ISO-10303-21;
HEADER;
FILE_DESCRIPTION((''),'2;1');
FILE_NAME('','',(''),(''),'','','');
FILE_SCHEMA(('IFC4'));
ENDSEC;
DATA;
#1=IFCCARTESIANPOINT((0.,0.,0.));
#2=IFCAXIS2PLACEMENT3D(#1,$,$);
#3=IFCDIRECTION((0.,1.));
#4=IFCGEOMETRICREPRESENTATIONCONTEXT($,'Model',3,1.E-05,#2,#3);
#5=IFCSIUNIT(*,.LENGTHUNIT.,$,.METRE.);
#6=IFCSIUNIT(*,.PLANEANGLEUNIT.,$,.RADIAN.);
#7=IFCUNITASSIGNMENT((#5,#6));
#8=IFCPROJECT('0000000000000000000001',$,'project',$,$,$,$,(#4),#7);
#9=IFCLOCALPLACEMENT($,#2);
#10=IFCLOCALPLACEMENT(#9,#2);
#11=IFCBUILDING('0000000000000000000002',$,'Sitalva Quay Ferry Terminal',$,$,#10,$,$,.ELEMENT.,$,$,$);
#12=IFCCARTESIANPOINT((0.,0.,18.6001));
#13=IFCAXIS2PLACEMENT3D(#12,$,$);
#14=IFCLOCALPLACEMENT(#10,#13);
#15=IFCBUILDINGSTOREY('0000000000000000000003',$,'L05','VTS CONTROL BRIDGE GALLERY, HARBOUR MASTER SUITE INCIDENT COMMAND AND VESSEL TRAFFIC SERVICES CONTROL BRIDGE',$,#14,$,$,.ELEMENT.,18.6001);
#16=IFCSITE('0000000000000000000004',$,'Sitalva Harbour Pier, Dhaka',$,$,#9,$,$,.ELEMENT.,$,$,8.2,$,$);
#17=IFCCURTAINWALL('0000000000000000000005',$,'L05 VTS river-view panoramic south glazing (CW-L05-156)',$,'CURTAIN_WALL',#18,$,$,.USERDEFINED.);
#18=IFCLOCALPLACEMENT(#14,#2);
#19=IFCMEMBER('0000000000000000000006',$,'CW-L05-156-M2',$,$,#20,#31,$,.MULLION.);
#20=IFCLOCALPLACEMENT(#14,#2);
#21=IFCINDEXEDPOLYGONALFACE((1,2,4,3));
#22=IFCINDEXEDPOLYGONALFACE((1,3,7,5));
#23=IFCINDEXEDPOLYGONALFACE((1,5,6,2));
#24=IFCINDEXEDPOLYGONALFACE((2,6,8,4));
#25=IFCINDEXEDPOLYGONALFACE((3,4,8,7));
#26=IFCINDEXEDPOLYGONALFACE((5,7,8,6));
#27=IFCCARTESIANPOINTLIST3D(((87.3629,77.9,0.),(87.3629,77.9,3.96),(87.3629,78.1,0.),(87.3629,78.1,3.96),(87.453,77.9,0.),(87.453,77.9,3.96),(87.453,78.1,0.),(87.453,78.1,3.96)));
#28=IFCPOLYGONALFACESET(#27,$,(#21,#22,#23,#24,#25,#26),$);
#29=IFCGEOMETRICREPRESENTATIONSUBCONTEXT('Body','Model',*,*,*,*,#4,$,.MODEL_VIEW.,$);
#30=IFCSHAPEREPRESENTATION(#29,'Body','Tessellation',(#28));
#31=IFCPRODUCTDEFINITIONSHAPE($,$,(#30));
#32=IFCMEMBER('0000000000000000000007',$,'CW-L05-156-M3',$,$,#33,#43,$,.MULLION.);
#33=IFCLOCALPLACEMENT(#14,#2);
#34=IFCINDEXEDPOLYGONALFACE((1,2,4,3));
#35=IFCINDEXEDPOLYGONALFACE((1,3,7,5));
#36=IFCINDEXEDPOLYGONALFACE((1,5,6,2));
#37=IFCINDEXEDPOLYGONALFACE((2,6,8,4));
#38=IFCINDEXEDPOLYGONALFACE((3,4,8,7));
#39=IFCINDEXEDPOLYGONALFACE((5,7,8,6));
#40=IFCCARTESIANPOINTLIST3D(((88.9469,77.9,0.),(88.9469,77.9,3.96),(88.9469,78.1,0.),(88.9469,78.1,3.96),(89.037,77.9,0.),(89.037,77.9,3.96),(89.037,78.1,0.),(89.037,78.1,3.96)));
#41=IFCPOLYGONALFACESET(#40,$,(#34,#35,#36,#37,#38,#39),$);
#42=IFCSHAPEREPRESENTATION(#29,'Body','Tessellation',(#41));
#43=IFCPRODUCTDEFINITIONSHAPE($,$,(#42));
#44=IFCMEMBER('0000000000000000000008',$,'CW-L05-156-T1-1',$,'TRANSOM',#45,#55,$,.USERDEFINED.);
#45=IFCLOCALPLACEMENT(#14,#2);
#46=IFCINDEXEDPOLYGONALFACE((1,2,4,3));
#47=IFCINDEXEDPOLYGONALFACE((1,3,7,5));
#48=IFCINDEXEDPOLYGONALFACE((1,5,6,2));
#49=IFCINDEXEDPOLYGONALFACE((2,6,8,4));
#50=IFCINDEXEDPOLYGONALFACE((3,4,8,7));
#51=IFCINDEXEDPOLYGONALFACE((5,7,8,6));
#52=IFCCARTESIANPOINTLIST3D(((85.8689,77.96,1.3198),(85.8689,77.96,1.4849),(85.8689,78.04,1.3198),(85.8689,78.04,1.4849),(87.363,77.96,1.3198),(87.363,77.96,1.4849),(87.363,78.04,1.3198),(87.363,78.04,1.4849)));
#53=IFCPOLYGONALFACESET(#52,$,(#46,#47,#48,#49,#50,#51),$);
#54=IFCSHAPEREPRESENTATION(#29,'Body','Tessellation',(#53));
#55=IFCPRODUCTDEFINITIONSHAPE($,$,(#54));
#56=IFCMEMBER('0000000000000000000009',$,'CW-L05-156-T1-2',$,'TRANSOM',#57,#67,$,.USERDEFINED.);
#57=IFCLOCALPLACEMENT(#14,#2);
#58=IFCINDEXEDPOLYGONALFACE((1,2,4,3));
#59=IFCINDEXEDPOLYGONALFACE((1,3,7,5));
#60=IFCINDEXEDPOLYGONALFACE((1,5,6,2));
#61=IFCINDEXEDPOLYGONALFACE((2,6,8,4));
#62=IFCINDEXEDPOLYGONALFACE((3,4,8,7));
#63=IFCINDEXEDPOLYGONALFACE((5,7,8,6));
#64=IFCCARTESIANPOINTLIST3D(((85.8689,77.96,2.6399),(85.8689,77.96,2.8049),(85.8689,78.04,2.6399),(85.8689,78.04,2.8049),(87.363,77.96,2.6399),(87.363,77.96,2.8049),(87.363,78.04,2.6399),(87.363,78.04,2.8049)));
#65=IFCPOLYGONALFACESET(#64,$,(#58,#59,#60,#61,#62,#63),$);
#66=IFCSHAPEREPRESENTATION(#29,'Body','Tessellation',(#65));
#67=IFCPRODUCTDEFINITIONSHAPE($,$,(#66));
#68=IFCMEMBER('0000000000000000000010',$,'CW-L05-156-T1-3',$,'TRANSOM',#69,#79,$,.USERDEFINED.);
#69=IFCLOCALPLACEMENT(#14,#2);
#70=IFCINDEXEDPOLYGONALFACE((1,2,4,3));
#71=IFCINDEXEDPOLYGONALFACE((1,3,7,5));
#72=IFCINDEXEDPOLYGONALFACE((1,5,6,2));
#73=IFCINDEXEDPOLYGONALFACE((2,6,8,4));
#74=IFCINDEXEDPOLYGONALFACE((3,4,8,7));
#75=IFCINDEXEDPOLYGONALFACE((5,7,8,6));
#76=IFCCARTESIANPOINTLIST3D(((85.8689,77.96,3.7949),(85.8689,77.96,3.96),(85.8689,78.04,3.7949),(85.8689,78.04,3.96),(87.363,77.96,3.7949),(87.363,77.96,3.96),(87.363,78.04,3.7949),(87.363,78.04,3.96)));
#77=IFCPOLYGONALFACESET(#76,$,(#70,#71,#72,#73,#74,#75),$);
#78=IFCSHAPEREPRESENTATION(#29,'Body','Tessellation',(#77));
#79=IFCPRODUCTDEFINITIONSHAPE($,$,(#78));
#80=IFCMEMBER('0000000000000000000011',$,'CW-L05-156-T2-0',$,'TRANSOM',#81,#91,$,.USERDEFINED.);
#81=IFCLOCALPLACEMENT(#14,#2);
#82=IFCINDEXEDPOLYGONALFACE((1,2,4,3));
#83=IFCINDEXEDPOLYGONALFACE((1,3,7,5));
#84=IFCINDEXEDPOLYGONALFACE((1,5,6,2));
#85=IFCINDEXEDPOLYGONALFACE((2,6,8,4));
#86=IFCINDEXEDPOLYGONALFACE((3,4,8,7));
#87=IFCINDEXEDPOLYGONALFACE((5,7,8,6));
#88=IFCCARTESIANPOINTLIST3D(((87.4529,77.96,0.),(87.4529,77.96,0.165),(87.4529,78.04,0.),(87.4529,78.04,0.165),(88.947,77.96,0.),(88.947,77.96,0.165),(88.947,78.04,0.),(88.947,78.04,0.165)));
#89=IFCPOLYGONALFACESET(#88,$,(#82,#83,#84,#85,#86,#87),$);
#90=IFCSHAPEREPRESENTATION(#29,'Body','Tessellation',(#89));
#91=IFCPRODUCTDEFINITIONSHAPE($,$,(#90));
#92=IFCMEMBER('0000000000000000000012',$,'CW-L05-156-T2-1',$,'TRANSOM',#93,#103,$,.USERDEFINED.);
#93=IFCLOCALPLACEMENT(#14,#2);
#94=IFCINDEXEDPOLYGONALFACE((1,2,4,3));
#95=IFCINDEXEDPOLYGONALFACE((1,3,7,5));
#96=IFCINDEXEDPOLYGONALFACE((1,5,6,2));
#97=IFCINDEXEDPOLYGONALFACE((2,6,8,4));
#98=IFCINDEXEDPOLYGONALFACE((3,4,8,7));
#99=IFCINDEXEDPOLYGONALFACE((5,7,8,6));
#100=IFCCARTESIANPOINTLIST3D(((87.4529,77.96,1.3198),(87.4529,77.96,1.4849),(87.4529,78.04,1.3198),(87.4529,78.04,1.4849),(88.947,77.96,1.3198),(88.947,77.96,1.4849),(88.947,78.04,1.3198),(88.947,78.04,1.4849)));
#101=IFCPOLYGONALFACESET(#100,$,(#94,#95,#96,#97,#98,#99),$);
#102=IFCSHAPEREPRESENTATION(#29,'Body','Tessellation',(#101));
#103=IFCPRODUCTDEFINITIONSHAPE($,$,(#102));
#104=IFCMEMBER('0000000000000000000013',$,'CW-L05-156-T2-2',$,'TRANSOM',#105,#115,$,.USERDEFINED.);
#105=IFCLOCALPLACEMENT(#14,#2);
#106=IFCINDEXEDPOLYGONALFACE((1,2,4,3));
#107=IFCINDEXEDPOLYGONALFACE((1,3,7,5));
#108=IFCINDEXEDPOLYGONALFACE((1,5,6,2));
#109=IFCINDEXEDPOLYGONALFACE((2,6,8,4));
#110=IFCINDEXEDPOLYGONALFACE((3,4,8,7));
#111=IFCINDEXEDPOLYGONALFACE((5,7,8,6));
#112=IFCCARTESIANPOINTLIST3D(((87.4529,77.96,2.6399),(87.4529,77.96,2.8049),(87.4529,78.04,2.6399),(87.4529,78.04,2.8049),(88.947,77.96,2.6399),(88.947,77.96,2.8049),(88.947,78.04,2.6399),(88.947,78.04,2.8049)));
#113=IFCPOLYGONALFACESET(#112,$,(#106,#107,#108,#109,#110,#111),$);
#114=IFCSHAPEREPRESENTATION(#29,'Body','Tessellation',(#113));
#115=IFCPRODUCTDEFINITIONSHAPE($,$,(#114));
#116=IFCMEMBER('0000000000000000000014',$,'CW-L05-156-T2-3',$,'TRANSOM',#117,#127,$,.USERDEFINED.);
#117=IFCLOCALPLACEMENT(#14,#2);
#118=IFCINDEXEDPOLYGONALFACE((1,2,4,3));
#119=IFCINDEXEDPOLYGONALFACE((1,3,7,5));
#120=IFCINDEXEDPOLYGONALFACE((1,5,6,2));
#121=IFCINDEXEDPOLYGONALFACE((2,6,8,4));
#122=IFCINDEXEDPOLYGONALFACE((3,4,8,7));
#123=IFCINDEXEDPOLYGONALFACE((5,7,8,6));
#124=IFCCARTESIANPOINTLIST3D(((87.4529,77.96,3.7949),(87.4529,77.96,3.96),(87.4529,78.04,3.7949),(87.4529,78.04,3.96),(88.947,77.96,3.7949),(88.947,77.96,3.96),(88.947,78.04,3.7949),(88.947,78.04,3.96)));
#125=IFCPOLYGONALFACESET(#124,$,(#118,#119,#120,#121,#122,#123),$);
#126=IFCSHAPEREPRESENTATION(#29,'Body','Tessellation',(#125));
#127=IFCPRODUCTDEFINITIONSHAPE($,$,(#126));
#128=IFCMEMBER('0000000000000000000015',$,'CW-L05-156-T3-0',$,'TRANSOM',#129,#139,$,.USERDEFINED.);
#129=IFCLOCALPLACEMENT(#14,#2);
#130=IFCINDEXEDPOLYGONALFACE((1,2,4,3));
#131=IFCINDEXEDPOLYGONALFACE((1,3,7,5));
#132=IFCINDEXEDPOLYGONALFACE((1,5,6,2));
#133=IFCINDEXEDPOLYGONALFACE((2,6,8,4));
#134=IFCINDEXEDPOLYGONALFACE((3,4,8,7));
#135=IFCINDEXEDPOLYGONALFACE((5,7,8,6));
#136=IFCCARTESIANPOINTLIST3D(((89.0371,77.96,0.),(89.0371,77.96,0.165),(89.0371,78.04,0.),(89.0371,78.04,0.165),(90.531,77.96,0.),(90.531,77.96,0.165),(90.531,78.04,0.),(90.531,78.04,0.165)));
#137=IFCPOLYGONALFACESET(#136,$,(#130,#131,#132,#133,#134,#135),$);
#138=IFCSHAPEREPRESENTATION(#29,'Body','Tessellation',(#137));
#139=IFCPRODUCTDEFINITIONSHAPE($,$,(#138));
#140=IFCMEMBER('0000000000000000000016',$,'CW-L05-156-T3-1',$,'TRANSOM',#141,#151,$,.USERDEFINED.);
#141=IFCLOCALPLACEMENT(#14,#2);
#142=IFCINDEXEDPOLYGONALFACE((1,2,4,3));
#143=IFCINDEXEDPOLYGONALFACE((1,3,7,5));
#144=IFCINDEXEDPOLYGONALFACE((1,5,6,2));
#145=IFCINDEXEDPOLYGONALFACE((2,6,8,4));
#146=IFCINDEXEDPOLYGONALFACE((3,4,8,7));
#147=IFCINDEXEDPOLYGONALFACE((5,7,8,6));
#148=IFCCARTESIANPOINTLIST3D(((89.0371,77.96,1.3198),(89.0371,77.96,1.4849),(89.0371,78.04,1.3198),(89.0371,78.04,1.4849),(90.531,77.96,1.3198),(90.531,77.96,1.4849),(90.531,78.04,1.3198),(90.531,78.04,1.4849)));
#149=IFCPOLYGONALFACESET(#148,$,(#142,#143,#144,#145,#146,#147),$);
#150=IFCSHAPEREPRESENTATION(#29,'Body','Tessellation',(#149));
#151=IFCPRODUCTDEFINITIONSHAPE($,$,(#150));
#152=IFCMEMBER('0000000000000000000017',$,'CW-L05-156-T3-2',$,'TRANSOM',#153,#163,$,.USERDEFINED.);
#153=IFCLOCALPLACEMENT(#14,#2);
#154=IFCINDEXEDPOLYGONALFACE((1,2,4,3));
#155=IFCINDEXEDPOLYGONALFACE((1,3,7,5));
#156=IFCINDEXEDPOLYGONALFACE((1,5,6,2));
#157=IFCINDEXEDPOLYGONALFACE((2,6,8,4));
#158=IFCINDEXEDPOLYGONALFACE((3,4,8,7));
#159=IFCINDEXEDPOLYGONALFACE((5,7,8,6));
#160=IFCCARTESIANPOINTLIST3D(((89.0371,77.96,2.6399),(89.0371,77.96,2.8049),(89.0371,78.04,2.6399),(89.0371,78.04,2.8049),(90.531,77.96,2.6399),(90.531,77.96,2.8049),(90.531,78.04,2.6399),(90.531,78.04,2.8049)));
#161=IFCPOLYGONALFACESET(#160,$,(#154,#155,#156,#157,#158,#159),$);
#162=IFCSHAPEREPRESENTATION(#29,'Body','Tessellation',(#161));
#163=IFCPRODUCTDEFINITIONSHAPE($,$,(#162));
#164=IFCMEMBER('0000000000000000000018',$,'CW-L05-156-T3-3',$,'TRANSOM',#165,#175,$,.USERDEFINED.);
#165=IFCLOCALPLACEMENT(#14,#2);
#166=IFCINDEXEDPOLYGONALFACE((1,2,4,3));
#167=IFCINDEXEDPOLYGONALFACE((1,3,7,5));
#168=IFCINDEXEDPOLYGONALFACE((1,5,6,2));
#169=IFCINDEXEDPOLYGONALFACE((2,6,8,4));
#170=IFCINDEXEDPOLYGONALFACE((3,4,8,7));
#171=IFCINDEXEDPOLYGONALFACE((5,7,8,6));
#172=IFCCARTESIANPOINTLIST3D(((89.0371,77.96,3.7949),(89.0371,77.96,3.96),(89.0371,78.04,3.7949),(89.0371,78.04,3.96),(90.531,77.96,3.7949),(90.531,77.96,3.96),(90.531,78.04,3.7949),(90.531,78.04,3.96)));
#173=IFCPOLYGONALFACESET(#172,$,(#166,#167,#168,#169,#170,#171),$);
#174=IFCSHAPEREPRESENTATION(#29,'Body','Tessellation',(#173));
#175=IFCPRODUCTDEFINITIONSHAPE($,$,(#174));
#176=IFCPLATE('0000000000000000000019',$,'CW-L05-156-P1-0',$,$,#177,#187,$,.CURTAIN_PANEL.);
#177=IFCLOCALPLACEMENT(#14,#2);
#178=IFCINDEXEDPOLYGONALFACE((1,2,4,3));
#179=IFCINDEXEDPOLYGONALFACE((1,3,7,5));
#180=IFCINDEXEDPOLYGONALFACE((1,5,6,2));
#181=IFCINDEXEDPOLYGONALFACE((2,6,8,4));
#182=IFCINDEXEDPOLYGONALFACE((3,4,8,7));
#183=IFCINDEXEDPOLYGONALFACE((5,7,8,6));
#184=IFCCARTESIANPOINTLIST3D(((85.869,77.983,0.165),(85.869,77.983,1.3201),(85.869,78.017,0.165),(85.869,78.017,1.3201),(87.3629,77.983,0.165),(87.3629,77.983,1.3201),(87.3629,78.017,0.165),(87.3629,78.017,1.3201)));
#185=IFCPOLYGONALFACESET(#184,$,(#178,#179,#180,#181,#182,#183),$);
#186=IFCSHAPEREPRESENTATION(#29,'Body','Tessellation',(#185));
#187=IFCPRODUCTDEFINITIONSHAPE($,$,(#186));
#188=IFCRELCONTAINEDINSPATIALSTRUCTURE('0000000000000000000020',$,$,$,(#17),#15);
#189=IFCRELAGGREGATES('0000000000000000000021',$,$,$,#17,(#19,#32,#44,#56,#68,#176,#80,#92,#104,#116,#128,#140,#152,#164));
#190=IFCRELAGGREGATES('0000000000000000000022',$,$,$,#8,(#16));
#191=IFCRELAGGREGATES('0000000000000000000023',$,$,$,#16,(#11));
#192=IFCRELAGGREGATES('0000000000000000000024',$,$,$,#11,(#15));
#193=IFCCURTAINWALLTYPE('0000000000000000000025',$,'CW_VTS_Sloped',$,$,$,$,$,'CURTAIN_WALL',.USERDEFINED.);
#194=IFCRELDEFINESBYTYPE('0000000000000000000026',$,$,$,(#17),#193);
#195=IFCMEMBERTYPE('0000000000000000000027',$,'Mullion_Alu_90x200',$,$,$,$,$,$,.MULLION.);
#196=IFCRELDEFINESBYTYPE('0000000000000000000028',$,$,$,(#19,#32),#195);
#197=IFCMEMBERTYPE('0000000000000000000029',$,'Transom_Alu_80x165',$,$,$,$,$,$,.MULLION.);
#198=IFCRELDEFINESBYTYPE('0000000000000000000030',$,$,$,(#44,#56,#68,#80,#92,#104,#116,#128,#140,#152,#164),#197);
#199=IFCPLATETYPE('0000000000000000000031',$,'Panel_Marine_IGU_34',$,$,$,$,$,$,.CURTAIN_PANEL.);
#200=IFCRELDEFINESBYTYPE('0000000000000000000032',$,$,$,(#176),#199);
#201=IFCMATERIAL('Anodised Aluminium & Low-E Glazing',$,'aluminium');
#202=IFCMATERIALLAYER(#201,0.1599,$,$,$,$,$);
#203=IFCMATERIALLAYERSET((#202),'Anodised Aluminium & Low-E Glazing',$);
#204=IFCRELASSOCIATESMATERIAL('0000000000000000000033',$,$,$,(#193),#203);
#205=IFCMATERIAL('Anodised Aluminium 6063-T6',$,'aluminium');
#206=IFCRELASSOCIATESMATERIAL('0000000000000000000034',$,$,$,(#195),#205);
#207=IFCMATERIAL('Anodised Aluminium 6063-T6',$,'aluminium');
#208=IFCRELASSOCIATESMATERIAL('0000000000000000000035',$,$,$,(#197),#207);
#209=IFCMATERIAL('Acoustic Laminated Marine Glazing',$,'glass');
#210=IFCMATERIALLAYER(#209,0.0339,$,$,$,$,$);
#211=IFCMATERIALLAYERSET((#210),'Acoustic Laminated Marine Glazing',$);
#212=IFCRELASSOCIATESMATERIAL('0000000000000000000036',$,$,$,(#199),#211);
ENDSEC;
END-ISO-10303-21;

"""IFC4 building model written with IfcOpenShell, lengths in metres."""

from ifc_helpers import new_model, si_unit, direction, frame, origin, origin_2d, place, context, subcontext, project, spatial, rectangle, extrude, material, layer, layer_set, material_profile, profile_set, type_object, element, aggregate, save


model = new_model("IFC4")

# Units and contexts
model_context = context("Model", 3, precision=1e-05, world=origin(), true_north=direction((0.0, 1.0)))
body_context = subcontext(model_context, "Body", "Model", "MODEL_VIEW")
ifc_project = project(units=[si_unit("LENGTHUNIT", "METRE"), si_unit("PLANEANGLEUNIT", "RADIAN")], contexts=[model_context])

# Site, building, storey
site_placement = place(None, origin())
site = spatial("IfcSite", under=ifc_project, at=site_placement, Name="Sitalva Harbour Pier, Dhaka", CompositionType="ELEMENT", RefElevation=8.2)
building_placement = place(site_placement, origin())
building = spatial("IfcBuilding", under=site, at=building_placement, Name="Sitalva Quay Ferry Terminal", CompositionType="ELEMENT")
storey_placement = place(building_placement, frame((0.0, 0.0, 18.6001)))
storey = spatial("IfcBuildingStorey", under=building, at=storey_placement, Name="L05", Description="VTS CONTROL BRIDGE GALLERY, HARBOUR MASTER SUITE INCIDENT COMMAND AND VESSEL TRAFFIC SERVICES CONTROL BRIDGE", CompositionType="ELEMENT", Elevation=18.6001)

# Curtain wall, members, plate
ifc_material_1 = material(Name="Anodised Aluminium & Low-E Glazing", Category="aluminium")
ifc_layer_1 = layer(ifc_material_1, 0.1599)
ifc_layer_set_1 = layer_set([ifc_layer_1], Name="Anodised Aluminium & Low-E Glazing")
curtain_wall_type = type_object("IfcCurtainWallType", Name="CW_VTS_Sloped", ElementType="CURTAIN_WALL", PredefinedType="USERDEFINED", material=ifc_layer_set_1)
curtain_wall_placement = place(storey_placement, origin())
curtain_wall = element("IfcCurtainWall", 1, at=curtain_wall_placement, inside=storey, type_object=curtain_wall_type, Name="L05 VTS river-view panoramic south glazing (CW-L05-156)", ObjectType="CURTAIN_WALL", PredefinedType="USERDEFINED")
ifc_material_2 = material(Name="Anodised Aluminium 6063-T6", Category="aluminium")
ifc_material_profile_1 = material_profile(ifc_material_2, rectangle(XDim=0.0901, YDim=0.2, at=origin_2d()), Name="ALU90x200")
ifc_profile_set_1 = profile_set([ifc_material_profile_1], Name="Anodised Aluminium 6063-T6")
member_type_1 = type_object("IfcMemberType", Name="Mullion_Alu_90x200", PredefinedType="MULLION", material=ifc_profile_set_1)
member_1_placement = place(storey_placement, frame((87.408, 78.0, 0.0), z_axis=(0.0, 0.0, 1.0), x_axis=(1.0, 0.0, 0.0)))
member_1 = element("IfcMember", 2, at=member_1_placement, type_object=member_type_1, Name="CW-L05-156-M2", PredefinedType="MULLION", context=body_context, shape_type="SweptSolid", body=[
    extrude(rectangle(XDim=0.0901, YDim=0.2, at=origin_2d()), origin(), (0.0, 0.0, 1.0), 3.96),
])
member_2_placement = place(storey_placement, frame((88.9919, 78.0, 0.0), z_axis=(0.0, 0.0, 1.0), x_axis=(1.0, 0.0, 0.0)))
member_2 = element("IfcMember", 3, at=member_2_placement, type_object=member_type_1, Name="CW-L05-156-M3", PredefinedType="MULLION", context=body_context, shape_type="SweptSolid", body=[
    extrude(rectangle(XDim=0.0901, YDim=0.2, at=origin_2d()), origin(), (0.0, 0.0, 1.0), 3.96),
])
ifc_material_3 = material(Name="Anodised Aluminium 6063-T6", Category="aluminium")
ifc_material_profile_2 = material_profile(ifc_material_3, rectangle(XDim=0.0801, YDim=0.165, at=origin_2d()), Name="ALU80x165")
ifc_profile_set_2 = profile_set([ifc_material_profile_2], Name="Anodised Aluminium 6063-T6")
member_type_2 = type_object("IfcMemberType", Name="Transom_Alu_80x165", PredefinedType="MULLION", material=ifc_profile_set_2)
member_3_placement = place(storey_placement, frame((85.8689, 78.0, 1.4023), z_axis=(1.0, 0.0, 0.0), x_axis=(0.0, 1.0, 0.0)))
member_3 = element("IfcMember", 4, at=member_3_placement, type_object=member_type_2, Name="CW-L05-156-T1-1", ObjectType="TRANSOM", PredefinedType="USERDEFINED", context=body_context, shape_type="SweptSolid", body=[
    extrude(rectangle(XDim=0.0801, YDim=0.165, at=origin_2d()), origin(), (0.0, 0.0, 1.0), 1.4941),
])
member_4_placement = place(storey_placement, frame((85.8689, 78.0, 2.7224), z_axis=(1.0, 0.0, 0.0), x_axis=(0.0, 1.0, 0.0)))
member_4 = element("IfcMember", 5, at=member_4_placement, type_object=member_type_2, Name="CW-L05-156-T1-2", ObjectType="TRANSOM", PredefinedType="USERDEFINED", context=body_context, shape_type="SweptSolid", body=[
    extrude(rectangle(XDim=0.0801, YDim=0.165, at=origin_2d()), origin(), (0.0, 0.0, 1.0), 1.4941),
])
member_5_placement = place(storey_placement, frame((85.8689, 78.0, 3.8774), z_axis=(1.0, 0.0, 0.0), x_axis=(0.0, 1.0, 0.0)))
member_5 = element("IfcMember", 6, at=member_5_placement, type_object=member_type_2, Name="CW-L05-156-T1-3", ObjectType="TRANSOM", PredefinedType="USERDEFINED", context=body_context, shape_type="SweptSolid", body=[
    extrude(rectangle(XDim=0.0801, YDim=0.165, at=origin_2d()), origin(), (0.0, 0.0, 1.0), 1.4941),
])
member_6_placement = place(storey_placement, frame((87.4529, 78.0, 0.0825), z_axis=(1.0, 0.0, 0.0), x_axis=(0.0, 1.0, 0.0)))
member_6 = element("IfcMember", 7, at=member_6_placement, type_object=member_type_2, Name="CW-L05-156-T2-0", ObjectType="TRANSOM", PredefinedType="USERDEFINED", context=body_context, shape_type="SweptSolid", body=[
    extrude(rectangle(XDim=0.0801, YDim=0.165, at=origin_2d()), origin(), (0.0, 0.0, 1.0), 1.4941),
])
member_7_placement = place(storey_placement, frame((87.4529, 78.0, 1.4023), z_axis=(1.0, 0.0, 0.0), x_axis=(0.0, 1.0, 0.0)))
member_7 = element("IfcMember", 8, at=member_7_placement, type_object=member_type_2, Name="CW-L05-156-T2-1", ObjectType="TRANSOM", PredefinedType="USERDEFINED", context=body_context, shape_type="SweptSolid", body=[
    extrude(rectangle(XDim=0.0801, YDim=0.165, at=origin_2d()), origin(), (0.0, 0.0, 1.0), 1.4941),
])
member_8_placement = place(storey_placement, frame((87.4529, 78.0, 2.7224), z_axis=(1.0, 0.0, 0.0), x_axis=(0.0, 1.0, 0.0)))
member_8 = element("IfcMember", 9, at=member_8_placement, type_object=member_type_2, Name="CW-L05-156-T2-2", ObjectType="TRANSOM", PredefinedType="USERDEFINED", context=body_context, shape_type="SweptSolid", body=[
    extrude(rectangle(XDim=0.0801, YDim=0.165, at=origin_2d()), origin(), (0.0, 0.0, 1.0), 1.4941),
])
member_9_placement = place(storey_placement, frame((87.4529, 78.0, 3.8774), z_axis=(1.0, 0.0, 0.0), x_axis=(0.0, 1.0, 0.0)))
member_9 = element("IfcMember", 10, at=member_9_placement, type_object=member_type_2, Name="CW-L05-156-T2-3", ObjectType="TRANSOM", PredefinedType="USERDEFINED", context=body_context, shape_type="SweptSolid", body=[
    extrude(rectangle(XDim=0.0801, YDim=0.165, at=origin_2d()), origin(), (0.0, 0.0, 1.0), 1.4941),
])
member_10_placement = place(storey_placement, frame((89.0371, 78.0, 0.0825), z_axis=(1.0, 0.0, 0.0), x_axis=(0.0, 1.0, 0.0)))
member_10 = element("IfcMember", 11, at=member_10_placement, type_object=member_type_2, Name="CW-L05-156-T3-0", ObjectType="TRANSOM", PredefinedType="USERDEFINED", context=body_context, shape_type="SweptSolid", body=[
    extrude(rectangle(XDim=0.0801, YDim=0.165, at=origin_2d()), origin(), (0.0, 0.0, 1.0), 1.4939),
])
member_11_placement = place(storey_placement, frame((89.0371, 78.0, 1.4023), z_axis=(1.0, 0.0, 0.0), x_axis=(0.0, 1.0, 0.0)))
member_11 = element("IfcMember", 12, at=member_11_placement, type_object=member_type_2, Name="CW-L05-156-T3-1", ObjectType="TRANSOM", PredefinedType="USERDEFINED", context=body_context, shape_type="SweptSolid", body=[
    extrude(rectangle(XDim=0.0801, YDim=0.165, at=origin_2d()), origin(), (0.0, 0.0, 1.0), 1.4939),
])
member_12_placement = place(storey_placement, frame((89.0371, 78.0, 2.7224), z_axis=(1.0, 0.0, 0.0), x_axis=(0.0, 1.0, 0.0)))
member_12 = element("IfcMember", 13, at=member_12_placement, type_object=member_type_2, Name="CW-L05-156-T3-2", ObjectType="TRANSOM", PredefinedType="USERDEFINED", context=body_context, shape_type="SweptSolid", body=[
    extrude(rectangle(XDim=0.0801, YDim=0.165, at=origin_2d()), origin(), (0.0, 0.0, 1.0), 1.4939),
])
member_13_placement = place(storey_placement, frame((89.0371, 78.0, 3.8774), z_axis=(1.0, 0.0, 0.0), x_axis=(0.0, 1.0, 0.0)))
member_13 = element("IfcMember", 14, at=member_13_placement, type_object=member_type_2, Name="CW-L05-156-T3-3", ObjectType="TRANSOM", PredefinedType="USERDEFINED", context=body_context, shape_type="SweptSolid", body=[
    extrude(rectangle(XDim=0.0801, YDim=0.165, at=origin_2d()), origin(), (0.0, 0.0, 1.0), 1.4939),
])
ifc_material_4 = material(Name="Acoustic Laminated Marine Glazing", Category="glass")
ifc_layer_2 = layer(ifc_material_4, 0.0339)
ifc_layer_set_2 = layer_set([ifc_layer_2], Name="Acoustic Laminated Marine Glazing")
plate_type = type_object("IfcPlateType", Name="Panel_Marine_IGU_34", PredefinedType="CURTAIN_PANEL", material=ifc_layer_set_2)
plate_1_placement = place(storey_placement, frame((86.616, 78.0, 0.165), z_axis=(0.0, 0.0, 1.0), x_axis=(1.0, 0.0, 0.0)))
plate_1 = element("IfcPlate", 15, at=plate_1_placement, type_object=plate_type, Name="CW-L05-156-P1-0", PredefinedType="CURTAIN_PANEL", context=body_context, shape_type="SweptSolid", body=[
    extrude(rectangle(XDim=1.4939, YDim=0.0339, at=origin_2d()), origin(), (0.0, 0.0, 1.0), 1.155),
])
aggregate(curtain_wall, [member_1, member_2, member_3, member_4, member_5, plate_1, member_6, member_7, member_8, member_9, member_10, member_11, member_12, member_13])

save(model, "model.ifc")
